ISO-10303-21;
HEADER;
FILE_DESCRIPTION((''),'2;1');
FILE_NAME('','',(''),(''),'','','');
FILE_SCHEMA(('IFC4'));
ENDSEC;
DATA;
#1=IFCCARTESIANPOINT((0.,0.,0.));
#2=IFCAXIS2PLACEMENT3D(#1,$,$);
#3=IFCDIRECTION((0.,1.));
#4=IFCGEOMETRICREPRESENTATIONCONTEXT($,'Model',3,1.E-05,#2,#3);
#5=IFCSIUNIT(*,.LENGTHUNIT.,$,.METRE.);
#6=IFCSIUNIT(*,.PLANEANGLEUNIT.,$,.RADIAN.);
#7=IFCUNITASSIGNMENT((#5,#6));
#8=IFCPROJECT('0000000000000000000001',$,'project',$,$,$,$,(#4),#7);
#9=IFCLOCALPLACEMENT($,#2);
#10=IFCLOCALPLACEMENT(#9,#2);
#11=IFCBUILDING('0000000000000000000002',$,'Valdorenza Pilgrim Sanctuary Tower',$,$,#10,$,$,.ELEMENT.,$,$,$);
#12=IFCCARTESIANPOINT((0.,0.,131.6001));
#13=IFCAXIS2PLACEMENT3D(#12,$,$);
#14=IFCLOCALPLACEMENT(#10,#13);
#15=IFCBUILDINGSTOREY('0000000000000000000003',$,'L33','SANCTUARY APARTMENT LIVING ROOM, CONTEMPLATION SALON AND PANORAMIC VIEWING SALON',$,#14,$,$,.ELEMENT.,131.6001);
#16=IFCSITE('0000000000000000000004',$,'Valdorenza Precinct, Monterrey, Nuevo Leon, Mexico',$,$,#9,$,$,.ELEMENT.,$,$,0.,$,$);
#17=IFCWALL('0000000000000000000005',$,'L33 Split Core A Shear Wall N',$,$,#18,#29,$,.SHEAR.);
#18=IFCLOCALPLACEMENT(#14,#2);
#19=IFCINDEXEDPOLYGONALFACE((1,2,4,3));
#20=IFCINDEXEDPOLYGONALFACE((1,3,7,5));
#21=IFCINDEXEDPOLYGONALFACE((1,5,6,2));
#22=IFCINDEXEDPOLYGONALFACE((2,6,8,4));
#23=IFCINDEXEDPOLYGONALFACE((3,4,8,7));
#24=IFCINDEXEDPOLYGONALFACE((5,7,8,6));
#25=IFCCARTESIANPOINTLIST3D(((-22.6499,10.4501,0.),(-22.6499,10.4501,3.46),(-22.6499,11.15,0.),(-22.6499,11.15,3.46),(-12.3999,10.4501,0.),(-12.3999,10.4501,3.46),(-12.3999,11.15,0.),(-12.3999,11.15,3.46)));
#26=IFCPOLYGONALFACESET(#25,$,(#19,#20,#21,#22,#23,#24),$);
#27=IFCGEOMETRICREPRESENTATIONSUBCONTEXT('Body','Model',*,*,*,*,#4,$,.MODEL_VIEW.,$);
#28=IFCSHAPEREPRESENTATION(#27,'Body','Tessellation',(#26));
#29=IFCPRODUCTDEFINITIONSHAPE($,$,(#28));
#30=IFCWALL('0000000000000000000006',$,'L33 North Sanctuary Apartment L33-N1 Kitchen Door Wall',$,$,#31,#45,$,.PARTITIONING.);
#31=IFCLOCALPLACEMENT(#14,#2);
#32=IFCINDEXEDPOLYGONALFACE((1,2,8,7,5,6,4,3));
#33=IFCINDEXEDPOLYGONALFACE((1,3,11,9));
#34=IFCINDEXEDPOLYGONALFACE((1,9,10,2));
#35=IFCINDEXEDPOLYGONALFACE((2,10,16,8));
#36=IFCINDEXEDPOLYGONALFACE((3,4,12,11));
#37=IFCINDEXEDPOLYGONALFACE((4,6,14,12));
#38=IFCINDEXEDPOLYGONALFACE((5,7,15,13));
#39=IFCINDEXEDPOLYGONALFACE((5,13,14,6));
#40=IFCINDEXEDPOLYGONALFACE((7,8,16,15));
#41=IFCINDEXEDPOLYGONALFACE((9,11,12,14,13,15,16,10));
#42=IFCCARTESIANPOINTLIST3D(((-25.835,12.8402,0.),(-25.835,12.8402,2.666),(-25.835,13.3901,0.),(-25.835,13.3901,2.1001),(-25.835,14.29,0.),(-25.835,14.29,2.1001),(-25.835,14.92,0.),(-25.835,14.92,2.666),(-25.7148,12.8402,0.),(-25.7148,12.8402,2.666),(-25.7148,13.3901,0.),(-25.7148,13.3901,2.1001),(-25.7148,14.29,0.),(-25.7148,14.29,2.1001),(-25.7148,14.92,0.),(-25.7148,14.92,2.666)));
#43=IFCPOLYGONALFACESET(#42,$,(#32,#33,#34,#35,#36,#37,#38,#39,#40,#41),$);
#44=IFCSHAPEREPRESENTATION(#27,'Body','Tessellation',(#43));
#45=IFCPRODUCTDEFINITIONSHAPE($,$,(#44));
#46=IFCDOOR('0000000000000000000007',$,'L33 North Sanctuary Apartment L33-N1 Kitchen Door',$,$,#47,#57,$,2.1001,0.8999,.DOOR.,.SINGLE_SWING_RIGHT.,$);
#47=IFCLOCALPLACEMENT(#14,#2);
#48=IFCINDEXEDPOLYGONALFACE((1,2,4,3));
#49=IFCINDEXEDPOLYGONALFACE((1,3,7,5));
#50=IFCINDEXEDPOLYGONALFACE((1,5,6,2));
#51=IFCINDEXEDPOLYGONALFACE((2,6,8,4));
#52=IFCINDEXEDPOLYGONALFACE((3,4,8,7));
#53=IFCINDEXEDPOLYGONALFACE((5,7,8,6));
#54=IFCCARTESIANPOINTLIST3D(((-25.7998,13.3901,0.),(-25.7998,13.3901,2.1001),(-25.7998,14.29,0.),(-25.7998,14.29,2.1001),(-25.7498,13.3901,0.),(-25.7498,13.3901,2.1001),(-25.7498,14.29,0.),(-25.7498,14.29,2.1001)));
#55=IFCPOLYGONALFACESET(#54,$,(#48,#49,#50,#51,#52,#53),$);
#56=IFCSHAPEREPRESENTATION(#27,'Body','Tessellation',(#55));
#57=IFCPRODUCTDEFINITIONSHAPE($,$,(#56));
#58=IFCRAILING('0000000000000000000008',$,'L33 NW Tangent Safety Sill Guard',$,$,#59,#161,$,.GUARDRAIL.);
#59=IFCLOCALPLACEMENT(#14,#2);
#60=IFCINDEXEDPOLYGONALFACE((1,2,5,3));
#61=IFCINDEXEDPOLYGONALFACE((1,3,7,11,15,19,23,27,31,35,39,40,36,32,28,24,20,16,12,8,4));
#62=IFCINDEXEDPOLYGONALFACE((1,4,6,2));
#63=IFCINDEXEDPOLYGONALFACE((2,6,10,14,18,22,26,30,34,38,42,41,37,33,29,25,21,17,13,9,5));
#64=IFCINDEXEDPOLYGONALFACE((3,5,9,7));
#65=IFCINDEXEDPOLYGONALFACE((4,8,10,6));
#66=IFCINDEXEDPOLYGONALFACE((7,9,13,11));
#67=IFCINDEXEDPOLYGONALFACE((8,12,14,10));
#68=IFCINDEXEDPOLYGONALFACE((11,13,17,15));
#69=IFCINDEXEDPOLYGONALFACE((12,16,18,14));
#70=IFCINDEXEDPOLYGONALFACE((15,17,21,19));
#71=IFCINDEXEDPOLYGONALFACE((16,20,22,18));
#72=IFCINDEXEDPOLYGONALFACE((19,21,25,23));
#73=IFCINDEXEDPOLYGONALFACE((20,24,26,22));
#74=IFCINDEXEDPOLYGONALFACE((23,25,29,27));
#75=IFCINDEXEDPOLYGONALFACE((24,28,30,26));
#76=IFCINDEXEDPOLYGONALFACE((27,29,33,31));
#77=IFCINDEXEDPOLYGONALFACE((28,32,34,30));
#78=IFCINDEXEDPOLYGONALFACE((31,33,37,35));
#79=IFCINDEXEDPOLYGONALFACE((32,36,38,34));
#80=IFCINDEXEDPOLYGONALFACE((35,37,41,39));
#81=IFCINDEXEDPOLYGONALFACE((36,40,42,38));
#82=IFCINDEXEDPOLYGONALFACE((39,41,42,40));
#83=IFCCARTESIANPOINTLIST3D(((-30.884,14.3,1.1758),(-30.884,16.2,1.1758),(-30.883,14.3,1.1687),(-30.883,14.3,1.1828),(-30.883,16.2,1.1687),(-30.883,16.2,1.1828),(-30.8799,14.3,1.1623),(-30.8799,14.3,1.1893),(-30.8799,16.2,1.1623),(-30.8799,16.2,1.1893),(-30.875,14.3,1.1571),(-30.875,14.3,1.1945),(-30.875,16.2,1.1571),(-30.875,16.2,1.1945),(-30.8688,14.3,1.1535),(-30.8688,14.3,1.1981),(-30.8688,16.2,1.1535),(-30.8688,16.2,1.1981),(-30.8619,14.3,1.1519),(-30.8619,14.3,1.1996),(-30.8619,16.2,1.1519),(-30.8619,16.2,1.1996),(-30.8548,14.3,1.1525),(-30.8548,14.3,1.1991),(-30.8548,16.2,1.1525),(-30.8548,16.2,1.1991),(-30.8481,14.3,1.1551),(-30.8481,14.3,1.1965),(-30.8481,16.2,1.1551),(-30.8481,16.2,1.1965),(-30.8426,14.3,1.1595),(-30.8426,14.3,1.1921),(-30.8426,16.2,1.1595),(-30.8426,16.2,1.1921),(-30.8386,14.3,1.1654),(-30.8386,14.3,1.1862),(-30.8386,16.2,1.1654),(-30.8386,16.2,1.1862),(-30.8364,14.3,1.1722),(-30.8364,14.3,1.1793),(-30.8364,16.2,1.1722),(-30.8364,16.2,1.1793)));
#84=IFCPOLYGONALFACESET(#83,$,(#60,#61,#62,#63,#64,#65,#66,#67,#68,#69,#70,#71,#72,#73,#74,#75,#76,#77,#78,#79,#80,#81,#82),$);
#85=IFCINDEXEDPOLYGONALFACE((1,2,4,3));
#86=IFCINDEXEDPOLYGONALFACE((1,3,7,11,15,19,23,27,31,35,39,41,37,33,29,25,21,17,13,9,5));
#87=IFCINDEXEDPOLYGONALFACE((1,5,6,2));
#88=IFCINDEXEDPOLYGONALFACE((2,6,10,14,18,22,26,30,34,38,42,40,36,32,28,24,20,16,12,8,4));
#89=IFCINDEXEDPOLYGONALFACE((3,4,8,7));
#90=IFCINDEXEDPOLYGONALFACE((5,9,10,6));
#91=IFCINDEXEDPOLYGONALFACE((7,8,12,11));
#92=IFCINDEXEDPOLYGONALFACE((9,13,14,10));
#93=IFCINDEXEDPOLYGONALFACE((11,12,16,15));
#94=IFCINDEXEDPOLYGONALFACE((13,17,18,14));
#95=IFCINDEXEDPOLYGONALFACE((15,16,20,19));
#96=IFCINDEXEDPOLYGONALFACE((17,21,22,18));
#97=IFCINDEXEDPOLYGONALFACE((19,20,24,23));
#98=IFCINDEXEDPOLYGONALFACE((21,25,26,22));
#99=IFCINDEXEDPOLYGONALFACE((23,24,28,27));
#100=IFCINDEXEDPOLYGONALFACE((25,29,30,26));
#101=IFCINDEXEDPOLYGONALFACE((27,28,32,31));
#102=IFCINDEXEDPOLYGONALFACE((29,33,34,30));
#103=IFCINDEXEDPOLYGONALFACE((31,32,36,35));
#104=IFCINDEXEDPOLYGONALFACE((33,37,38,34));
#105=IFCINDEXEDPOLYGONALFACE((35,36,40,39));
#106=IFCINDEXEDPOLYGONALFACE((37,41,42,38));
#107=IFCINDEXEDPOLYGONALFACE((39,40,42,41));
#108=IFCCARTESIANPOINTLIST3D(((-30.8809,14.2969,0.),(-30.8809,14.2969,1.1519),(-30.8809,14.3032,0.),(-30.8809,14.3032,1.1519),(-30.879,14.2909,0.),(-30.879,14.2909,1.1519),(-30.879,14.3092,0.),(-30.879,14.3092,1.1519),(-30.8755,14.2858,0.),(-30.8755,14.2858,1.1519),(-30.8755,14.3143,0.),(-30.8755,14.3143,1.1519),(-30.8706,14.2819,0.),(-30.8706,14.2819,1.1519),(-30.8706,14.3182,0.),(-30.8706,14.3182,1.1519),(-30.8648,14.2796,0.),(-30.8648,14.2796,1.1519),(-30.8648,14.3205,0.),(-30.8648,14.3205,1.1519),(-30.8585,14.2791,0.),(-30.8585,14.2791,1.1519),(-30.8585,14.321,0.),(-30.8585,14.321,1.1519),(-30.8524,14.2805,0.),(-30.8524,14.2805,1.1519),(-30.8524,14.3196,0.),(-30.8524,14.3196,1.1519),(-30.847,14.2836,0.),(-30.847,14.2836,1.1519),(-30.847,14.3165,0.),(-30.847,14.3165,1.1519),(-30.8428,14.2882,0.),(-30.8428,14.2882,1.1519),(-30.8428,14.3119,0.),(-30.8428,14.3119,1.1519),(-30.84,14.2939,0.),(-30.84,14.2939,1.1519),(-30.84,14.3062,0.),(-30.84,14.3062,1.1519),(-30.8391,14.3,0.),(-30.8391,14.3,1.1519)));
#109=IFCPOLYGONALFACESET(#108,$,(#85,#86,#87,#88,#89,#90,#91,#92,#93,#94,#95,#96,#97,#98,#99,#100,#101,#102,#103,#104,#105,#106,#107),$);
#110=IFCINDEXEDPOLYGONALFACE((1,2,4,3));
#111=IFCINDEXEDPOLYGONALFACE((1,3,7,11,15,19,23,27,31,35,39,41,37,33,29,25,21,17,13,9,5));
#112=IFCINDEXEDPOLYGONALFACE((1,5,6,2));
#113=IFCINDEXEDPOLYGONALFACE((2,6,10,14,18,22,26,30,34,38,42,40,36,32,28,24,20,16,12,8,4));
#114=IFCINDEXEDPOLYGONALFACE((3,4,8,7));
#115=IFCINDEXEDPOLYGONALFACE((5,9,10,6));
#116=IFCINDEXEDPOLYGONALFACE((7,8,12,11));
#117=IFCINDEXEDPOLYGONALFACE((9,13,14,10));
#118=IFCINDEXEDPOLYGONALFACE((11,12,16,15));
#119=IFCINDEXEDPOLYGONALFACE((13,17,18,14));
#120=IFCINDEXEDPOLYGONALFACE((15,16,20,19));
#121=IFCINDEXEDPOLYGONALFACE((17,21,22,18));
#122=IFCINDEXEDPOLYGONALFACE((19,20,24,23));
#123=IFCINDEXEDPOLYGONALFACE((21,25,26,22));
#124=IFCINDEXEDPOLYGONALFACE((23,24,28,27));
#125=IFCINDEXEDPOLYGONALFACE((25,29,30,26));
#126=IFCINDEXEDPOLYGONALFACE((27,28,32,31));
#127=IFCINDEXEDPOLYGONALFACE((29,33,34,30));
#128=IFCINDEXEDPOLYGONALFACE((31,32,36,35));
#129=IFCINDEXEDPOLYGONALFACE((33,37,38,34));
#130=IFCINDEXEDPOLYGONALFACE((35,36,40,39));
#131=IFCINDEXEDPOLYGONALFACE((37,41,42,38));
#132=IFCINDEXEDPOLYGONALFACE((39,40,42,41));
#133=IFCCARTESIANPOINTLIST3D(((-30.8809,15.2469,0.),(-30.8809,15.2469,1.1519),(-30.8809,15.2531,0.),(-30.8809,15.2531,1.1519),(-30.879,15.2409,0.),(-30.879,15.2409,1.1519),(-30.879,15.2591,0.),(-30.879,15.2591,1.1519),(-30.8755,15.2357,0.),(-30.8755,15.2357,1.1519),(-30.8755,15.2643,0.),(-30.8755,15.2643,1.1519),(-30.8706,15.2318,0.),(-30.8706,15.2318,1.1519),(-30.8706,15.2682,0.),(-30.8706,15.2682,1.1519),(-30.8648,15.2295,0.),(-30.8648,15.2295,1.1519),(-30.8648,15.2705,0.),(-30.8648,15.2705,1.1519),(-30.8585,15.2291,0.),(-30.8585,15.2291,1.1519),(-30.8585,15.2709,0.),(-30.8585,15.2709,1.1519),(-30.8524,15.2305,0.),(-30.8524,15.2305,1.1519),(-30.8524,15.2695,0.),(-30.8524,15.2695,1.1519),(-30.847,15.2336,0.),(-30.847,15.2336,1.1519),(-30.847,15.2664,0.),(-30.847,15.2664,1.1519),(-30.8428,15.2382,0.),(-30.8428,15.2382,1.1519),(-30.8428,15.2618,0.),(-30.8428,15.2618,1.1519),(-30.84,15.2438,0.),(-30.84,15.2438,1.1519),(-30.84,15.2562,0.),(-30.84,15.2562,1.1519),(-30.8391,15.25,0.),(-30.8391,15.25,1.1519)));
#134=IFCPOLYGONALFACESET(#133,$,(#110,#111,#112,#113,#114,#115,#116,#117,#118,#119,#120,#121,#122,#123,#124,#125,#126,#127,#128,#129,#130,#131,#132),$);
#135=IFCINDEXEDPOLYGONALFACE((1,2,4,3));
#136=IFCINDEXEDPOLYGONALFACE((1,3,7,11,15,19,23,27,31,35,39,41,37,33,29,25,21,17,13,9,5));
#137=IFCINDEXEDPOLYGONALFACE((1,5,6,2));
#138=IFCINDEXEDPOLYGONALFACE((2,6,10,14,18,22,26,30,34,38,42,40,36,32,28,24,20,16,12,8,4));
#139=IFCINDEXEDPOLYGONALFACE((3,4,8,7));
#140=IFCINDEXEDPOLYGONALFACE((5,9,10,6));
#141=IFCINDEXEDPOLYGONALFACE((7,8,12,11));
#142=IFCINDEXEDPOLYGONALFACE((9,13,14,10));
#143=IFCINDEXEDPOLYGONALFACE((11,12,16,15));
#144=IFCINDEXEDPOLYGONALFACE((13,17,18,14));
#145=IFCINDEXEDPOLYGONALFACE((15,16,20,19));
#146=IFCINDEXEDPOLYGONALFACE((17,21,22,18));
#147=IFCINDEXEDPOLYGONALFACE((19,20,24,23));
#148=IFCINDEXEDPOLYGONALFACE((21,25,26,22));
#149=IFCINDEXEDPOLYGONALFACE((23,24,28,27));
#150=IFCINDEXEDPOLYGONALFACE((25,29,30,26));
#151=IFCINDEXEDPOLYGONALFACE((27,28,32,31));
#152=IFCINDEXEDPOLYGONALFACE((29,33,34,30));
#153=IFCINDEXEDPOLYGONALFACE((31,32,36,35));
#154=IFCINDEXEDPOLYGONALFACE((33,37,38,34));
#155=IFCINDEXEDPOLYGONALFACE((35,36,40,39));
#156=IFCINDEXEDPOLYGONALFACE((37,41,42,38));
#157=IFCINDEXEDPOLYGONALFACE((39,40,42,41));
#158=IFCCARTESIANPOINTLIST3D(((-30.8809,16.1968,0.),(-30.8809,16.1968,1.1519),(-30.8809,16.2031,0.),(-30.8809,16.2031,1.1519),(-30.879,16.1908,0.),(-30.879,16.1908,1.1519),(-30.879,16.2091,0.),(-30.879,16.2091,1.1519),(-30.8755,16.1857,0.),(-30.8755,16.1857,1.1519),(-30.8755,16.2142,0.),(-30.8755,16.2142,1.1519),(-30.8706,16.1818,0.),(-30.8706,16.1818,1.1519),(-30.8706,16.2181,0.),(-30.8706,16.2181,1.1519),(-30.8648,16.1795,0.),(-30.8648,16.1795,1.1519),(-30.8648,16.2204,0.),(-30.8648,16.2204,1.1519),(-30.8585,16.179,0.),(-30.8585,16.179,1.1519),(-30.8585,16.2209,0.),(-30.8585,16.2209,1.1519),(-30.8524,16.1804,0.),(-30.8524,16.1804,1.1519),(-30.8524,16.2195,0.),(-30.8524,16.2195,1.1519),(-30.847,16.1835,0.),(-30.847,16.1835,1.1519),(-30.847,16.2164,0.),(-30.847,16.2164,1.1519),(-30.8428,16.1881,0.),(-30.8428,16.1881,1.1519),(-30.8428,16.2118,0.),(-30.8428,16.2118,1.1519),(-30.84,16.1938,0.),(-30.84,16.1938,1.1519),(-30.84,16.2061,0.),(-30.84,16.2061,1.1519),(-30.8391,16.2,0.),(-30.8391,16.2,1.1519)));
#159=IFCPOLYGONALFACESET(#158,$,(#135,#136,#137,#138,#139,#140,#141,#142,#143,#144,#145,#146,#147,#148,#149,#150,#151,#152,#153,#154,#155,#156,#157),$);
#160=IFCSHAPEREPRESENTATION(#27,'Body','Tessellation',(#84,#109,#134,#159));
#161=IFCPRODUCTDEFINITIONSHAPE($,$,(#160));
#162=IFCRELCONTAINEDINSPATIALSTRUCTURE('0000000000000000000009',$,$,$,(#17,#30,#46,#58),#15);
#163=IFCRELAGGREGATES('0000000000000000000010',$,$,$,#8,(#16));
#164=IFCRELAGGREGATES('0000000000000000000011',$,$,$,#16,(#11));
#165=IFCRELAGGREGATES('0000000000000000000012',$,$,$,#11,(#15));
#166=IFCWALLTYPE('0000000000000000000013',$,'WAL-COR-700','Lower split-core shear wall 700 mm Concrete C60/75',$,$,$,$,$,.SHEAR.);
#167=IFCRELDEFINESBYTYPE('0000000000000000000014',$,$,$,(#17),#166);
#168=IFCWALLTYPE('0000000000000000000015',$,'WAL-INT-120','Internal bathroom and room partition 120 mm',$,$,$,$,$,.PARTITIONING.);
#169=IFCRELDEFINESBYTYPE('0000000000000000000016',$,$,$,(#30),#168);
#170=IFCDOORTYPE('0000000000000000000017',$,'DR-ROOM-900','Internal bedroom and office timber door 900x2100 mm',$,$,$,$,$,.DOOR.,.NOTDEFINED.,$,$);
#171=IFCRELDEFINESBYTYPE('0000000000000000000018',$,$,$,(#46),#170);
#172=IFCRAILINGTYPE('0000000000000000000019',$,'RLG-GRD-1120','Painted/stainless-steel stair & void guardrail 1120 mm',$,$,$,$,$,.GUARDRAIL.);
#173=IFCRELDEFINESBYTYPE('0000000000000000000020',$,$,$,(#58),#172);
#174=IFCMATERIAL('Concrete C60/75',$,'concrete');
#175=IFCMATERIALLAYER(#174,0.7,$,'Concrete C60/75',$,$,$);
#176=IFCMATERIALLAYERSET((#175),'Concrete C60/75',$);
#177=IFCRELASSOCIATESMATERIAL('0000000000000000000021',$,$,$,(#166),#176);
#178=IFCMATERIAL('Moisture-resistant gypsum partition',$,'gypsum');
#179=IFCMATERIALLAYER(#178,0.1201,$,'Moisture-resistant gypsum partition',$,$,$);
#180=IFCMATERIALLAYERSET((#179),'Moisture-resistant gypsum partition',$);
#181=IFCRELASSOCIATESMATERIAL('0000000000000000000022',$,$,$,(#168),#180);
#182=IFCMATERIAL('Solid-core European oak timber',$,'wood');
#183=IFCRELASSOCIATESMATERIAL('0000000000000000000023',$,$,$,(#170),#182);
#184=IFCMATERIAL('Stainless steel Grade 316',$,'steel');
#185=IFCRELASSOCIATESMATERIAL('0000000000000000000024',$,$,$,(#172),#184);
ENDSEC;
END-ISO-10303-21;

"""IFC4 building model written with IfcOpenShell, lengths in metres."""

from ifc_helpers import new_model, si_unit, direction, frame, frame_2d, origin, origin_2d, place, context, subcontext, project, spatial, rectangle, circle, extrude, material, layer, layer_set, type_object, element, fill, save


model = new_model("IFC4")

# Units and contexts
model_context = context("Model", 3, precision=1e-05, world=origin(), true_north=direction((0.0, 1.0)))
body_context = subcontext(model_context, "Body", "Model", "MODEL_VIEW")
ifc_project = project(units=[si_unit("LENGTHUNIT", "METRE"), si_unit("PLANEANGLEUNIT", "RADIAN")], contexts=[model_context])

# Site, building, storey
site_placement = place(None, origin())
site = spatial("IfcSite", under=ifc_project, at=site_placement, Name="Valdorenza Precinct, Monterrey, Nuevo Leon, Mexico", CompositionType="ELEMENT", RefElevation=0.0)
building_placement = place(site_placement, origin())
building = spatial("IfcBuilding", under=site, at=building_placement, Name="Valdorenza Pilgrim Sanctuary Tower", CompositionType="ELEMENT")
storey_placement = place(building_placement, frame((0.0, 0.0, 131.6001)))
storey = spatial("IfcBuildingStorey", under=building, at=storey_placement, Name="L33", Description="SANCTUARY APARTMENT LIVING ROOM, CONTEMPLATION SALON AND PANORAMIC VIEWING SALON", CompositionType="ELEMENT", Elevation=131.6001)

# Shared definitions
ifc_material_1 = material(Name="Concrete C60/75", Category="concrete")

# Shared definitions
ifc_material_2 = material(Name="Solid-core European oak timber", Category="wood")

# Wall
ifc_layer_1 = layer(ifc_material_1, 0.7, Name="Concrete C60/75")
ifc_layer_set_1 = layer_set([ifc_layer_1], Name="Concrete C60/75")
wall_type_1 = type_object("IfcWallType", Name="WAL-COR-700", Description="Lower split-core shear wall 700 mm Concrete C60/75", PredefinedType="SHEAR", material=ifc_layer_set_1)
wall_1_placement = place(storey_placement, frame((-22.6499, 10.8, 0.0), z_axis=(0.0, 0.0, 1.0), x_axis=(1.0, 0.0, 0.0)))
element("IfcWall", 1, at=wall_1_placement, inside=storey, type_object=wall_type_1, Name="L33 Split Core A Shear Wall N", PredefinedType="SHEAR", context=body_context, shape_type="SweptSolid", body=[
    extrude(rectangle(XDim=10.25, YDim=0.7, at=frame_2d((5.125, 0.0))), origin(), (0.0, 0.0, 1.0), 3.46),
])

# Wall, opening, door
ifc_material_3 = material(Name="Moisture-resistant gypsum partition", Category="gypsum")
ifc_layer_2 = layer(ifc_material_3, 0.1201, Name="Moisture-resistant gypsum partition")
ifc_layer_set_2 = layer_set([ifc_layer_2], Name="Moisture-resistant gypsum partition")
wall_type_2 = type_object("IfcWallType", Name="WAL-INT-120", Description="Internal bathroom and room partition 120 mm", PredefinedType="PARTITIONING", material=ifc_layer_set_2)
wall_2_placement = place(storey_placement, frame((-25.7749, 12.8401, 0.0), z_axis=(0.0, 0.0, 1.0), x_axis=(0.0, 1.0, 0.0)))
wall_2 = element("IfcWall", 2, at=wall_2_placement, inside=storey, type_object=wall_type_2, Name="L33 North Sanctuary Apartment L33-N1 Kitchen Door Wall", PredefinedType="PARTITIONING", context=body_context, shape_type="SweptSolid", body=[
    extrude(rectangle(XDim=2.0798, YDim=0.1201, at=frame_2d((1.04, 0.0))), origin(), (0.0, 0.0, 1.0), 2.666),
])
opening_1_placement = place(wall_2_placement, frame((0.55, 0.0, 0.0)))
opening_1 = element("IfcOpeningElement", 3, at=opening_1_placement, cuts=wall_2, PredefinedType="OPENING", context=body_context, shape_type="SweptSolid", body=[
    extrude(rectangle(XDim=0.8999, YDim=2.1001, at=frame_2d((0.45, 1.05))), frame((0.0, 0.075, 0.0), z_axis=(0.0, -1.0, 0.0), x_axis=(1.0, 0.0, 0.0)), (0.0, 0.0, 1.0), 0.1499),
])
door_type_1 = type_object("IfcDoorType", Name="DR-ROOM-900", Description="Internal bedroom and office timber door 900x2100 mm", OperationType="NOTDEFINED", PredefinedType="DOOR", material=ifc_material_2)
door_1_placement = place(opening_1_placement, origin())
door_1 = element("IfcDoor", 4, at=door_1_placement, inside=storey, type_object=door_type_1, Name="L33 North Sanctuary Apartment L33-N1 Kitchen Door", OperationType="SINGLE_SWING_RIGHT", OverallHeight=2.1001, OverallWidth=0.8999, PredefinedType="DOOR", context=body_context, shape_type="SweptSolid", body=[
    extrude(rectangle(XDim=0.8999, YDim=2.1001, at=frame_2d((0.45, 1.05))), frame((0.0, 0.0249, 0.0), z_axis=(0.0, -1.0, 0.0), x_axis=(1.0, 0.0, 0.0)), (0.0, 0.0, 1.0), 0.05),
])
fill(opening_1, door_1)

# Railing
ifc_material_4 = material(Name="Stainless steel Grade 316", Category="steel")
railing_type = type_object("IfcRailingType", Name="RLG-GRD-1120", Description="Painted/stainless-steel stair & void guardrail 1120 mm", PredefinedType="GUARDRAIL", material=ifc_material_4)
railing_placement = place(storey_placement, frame((-30.8601, 14.3, 0.0)))
element("IfcRailing", 5, at=railing_placement, inside=storey, type_object=railing_type, Name="L33 NW Tangent Safety Sill Guard", PredefinedType="GUARDRAIL", context=body_context, shape_type="SweptSolid", body=[
    extrude(circle(Radius=0.0239, at=origin_2d()), frame((0.0, 0.0, 1.1758), z_axis=(0.0, 1.0, 0.0), x_axis=(-1.0, 0.0, 0.0)), (0.0, 0.0, 1.0), 1.8999),
    extrude(circle(Radius=0.021, at=origin_2d()), origin(), (0.0, 0.0, 1.0), 1.1519),
    extrude(circle(Radius=0.021, at=origin_2d()), frame((0.0, 0.95, 0.0)), (0.0, 0.0, 1.0), 1.1519),
    extrude(circle(Radius=0.021, at=origin_2d()), frame((0.0, 1.8999, 0.0)), (0.0, 0.0, 1.0), 1.1519),
])

save(model, "model.ifc")
